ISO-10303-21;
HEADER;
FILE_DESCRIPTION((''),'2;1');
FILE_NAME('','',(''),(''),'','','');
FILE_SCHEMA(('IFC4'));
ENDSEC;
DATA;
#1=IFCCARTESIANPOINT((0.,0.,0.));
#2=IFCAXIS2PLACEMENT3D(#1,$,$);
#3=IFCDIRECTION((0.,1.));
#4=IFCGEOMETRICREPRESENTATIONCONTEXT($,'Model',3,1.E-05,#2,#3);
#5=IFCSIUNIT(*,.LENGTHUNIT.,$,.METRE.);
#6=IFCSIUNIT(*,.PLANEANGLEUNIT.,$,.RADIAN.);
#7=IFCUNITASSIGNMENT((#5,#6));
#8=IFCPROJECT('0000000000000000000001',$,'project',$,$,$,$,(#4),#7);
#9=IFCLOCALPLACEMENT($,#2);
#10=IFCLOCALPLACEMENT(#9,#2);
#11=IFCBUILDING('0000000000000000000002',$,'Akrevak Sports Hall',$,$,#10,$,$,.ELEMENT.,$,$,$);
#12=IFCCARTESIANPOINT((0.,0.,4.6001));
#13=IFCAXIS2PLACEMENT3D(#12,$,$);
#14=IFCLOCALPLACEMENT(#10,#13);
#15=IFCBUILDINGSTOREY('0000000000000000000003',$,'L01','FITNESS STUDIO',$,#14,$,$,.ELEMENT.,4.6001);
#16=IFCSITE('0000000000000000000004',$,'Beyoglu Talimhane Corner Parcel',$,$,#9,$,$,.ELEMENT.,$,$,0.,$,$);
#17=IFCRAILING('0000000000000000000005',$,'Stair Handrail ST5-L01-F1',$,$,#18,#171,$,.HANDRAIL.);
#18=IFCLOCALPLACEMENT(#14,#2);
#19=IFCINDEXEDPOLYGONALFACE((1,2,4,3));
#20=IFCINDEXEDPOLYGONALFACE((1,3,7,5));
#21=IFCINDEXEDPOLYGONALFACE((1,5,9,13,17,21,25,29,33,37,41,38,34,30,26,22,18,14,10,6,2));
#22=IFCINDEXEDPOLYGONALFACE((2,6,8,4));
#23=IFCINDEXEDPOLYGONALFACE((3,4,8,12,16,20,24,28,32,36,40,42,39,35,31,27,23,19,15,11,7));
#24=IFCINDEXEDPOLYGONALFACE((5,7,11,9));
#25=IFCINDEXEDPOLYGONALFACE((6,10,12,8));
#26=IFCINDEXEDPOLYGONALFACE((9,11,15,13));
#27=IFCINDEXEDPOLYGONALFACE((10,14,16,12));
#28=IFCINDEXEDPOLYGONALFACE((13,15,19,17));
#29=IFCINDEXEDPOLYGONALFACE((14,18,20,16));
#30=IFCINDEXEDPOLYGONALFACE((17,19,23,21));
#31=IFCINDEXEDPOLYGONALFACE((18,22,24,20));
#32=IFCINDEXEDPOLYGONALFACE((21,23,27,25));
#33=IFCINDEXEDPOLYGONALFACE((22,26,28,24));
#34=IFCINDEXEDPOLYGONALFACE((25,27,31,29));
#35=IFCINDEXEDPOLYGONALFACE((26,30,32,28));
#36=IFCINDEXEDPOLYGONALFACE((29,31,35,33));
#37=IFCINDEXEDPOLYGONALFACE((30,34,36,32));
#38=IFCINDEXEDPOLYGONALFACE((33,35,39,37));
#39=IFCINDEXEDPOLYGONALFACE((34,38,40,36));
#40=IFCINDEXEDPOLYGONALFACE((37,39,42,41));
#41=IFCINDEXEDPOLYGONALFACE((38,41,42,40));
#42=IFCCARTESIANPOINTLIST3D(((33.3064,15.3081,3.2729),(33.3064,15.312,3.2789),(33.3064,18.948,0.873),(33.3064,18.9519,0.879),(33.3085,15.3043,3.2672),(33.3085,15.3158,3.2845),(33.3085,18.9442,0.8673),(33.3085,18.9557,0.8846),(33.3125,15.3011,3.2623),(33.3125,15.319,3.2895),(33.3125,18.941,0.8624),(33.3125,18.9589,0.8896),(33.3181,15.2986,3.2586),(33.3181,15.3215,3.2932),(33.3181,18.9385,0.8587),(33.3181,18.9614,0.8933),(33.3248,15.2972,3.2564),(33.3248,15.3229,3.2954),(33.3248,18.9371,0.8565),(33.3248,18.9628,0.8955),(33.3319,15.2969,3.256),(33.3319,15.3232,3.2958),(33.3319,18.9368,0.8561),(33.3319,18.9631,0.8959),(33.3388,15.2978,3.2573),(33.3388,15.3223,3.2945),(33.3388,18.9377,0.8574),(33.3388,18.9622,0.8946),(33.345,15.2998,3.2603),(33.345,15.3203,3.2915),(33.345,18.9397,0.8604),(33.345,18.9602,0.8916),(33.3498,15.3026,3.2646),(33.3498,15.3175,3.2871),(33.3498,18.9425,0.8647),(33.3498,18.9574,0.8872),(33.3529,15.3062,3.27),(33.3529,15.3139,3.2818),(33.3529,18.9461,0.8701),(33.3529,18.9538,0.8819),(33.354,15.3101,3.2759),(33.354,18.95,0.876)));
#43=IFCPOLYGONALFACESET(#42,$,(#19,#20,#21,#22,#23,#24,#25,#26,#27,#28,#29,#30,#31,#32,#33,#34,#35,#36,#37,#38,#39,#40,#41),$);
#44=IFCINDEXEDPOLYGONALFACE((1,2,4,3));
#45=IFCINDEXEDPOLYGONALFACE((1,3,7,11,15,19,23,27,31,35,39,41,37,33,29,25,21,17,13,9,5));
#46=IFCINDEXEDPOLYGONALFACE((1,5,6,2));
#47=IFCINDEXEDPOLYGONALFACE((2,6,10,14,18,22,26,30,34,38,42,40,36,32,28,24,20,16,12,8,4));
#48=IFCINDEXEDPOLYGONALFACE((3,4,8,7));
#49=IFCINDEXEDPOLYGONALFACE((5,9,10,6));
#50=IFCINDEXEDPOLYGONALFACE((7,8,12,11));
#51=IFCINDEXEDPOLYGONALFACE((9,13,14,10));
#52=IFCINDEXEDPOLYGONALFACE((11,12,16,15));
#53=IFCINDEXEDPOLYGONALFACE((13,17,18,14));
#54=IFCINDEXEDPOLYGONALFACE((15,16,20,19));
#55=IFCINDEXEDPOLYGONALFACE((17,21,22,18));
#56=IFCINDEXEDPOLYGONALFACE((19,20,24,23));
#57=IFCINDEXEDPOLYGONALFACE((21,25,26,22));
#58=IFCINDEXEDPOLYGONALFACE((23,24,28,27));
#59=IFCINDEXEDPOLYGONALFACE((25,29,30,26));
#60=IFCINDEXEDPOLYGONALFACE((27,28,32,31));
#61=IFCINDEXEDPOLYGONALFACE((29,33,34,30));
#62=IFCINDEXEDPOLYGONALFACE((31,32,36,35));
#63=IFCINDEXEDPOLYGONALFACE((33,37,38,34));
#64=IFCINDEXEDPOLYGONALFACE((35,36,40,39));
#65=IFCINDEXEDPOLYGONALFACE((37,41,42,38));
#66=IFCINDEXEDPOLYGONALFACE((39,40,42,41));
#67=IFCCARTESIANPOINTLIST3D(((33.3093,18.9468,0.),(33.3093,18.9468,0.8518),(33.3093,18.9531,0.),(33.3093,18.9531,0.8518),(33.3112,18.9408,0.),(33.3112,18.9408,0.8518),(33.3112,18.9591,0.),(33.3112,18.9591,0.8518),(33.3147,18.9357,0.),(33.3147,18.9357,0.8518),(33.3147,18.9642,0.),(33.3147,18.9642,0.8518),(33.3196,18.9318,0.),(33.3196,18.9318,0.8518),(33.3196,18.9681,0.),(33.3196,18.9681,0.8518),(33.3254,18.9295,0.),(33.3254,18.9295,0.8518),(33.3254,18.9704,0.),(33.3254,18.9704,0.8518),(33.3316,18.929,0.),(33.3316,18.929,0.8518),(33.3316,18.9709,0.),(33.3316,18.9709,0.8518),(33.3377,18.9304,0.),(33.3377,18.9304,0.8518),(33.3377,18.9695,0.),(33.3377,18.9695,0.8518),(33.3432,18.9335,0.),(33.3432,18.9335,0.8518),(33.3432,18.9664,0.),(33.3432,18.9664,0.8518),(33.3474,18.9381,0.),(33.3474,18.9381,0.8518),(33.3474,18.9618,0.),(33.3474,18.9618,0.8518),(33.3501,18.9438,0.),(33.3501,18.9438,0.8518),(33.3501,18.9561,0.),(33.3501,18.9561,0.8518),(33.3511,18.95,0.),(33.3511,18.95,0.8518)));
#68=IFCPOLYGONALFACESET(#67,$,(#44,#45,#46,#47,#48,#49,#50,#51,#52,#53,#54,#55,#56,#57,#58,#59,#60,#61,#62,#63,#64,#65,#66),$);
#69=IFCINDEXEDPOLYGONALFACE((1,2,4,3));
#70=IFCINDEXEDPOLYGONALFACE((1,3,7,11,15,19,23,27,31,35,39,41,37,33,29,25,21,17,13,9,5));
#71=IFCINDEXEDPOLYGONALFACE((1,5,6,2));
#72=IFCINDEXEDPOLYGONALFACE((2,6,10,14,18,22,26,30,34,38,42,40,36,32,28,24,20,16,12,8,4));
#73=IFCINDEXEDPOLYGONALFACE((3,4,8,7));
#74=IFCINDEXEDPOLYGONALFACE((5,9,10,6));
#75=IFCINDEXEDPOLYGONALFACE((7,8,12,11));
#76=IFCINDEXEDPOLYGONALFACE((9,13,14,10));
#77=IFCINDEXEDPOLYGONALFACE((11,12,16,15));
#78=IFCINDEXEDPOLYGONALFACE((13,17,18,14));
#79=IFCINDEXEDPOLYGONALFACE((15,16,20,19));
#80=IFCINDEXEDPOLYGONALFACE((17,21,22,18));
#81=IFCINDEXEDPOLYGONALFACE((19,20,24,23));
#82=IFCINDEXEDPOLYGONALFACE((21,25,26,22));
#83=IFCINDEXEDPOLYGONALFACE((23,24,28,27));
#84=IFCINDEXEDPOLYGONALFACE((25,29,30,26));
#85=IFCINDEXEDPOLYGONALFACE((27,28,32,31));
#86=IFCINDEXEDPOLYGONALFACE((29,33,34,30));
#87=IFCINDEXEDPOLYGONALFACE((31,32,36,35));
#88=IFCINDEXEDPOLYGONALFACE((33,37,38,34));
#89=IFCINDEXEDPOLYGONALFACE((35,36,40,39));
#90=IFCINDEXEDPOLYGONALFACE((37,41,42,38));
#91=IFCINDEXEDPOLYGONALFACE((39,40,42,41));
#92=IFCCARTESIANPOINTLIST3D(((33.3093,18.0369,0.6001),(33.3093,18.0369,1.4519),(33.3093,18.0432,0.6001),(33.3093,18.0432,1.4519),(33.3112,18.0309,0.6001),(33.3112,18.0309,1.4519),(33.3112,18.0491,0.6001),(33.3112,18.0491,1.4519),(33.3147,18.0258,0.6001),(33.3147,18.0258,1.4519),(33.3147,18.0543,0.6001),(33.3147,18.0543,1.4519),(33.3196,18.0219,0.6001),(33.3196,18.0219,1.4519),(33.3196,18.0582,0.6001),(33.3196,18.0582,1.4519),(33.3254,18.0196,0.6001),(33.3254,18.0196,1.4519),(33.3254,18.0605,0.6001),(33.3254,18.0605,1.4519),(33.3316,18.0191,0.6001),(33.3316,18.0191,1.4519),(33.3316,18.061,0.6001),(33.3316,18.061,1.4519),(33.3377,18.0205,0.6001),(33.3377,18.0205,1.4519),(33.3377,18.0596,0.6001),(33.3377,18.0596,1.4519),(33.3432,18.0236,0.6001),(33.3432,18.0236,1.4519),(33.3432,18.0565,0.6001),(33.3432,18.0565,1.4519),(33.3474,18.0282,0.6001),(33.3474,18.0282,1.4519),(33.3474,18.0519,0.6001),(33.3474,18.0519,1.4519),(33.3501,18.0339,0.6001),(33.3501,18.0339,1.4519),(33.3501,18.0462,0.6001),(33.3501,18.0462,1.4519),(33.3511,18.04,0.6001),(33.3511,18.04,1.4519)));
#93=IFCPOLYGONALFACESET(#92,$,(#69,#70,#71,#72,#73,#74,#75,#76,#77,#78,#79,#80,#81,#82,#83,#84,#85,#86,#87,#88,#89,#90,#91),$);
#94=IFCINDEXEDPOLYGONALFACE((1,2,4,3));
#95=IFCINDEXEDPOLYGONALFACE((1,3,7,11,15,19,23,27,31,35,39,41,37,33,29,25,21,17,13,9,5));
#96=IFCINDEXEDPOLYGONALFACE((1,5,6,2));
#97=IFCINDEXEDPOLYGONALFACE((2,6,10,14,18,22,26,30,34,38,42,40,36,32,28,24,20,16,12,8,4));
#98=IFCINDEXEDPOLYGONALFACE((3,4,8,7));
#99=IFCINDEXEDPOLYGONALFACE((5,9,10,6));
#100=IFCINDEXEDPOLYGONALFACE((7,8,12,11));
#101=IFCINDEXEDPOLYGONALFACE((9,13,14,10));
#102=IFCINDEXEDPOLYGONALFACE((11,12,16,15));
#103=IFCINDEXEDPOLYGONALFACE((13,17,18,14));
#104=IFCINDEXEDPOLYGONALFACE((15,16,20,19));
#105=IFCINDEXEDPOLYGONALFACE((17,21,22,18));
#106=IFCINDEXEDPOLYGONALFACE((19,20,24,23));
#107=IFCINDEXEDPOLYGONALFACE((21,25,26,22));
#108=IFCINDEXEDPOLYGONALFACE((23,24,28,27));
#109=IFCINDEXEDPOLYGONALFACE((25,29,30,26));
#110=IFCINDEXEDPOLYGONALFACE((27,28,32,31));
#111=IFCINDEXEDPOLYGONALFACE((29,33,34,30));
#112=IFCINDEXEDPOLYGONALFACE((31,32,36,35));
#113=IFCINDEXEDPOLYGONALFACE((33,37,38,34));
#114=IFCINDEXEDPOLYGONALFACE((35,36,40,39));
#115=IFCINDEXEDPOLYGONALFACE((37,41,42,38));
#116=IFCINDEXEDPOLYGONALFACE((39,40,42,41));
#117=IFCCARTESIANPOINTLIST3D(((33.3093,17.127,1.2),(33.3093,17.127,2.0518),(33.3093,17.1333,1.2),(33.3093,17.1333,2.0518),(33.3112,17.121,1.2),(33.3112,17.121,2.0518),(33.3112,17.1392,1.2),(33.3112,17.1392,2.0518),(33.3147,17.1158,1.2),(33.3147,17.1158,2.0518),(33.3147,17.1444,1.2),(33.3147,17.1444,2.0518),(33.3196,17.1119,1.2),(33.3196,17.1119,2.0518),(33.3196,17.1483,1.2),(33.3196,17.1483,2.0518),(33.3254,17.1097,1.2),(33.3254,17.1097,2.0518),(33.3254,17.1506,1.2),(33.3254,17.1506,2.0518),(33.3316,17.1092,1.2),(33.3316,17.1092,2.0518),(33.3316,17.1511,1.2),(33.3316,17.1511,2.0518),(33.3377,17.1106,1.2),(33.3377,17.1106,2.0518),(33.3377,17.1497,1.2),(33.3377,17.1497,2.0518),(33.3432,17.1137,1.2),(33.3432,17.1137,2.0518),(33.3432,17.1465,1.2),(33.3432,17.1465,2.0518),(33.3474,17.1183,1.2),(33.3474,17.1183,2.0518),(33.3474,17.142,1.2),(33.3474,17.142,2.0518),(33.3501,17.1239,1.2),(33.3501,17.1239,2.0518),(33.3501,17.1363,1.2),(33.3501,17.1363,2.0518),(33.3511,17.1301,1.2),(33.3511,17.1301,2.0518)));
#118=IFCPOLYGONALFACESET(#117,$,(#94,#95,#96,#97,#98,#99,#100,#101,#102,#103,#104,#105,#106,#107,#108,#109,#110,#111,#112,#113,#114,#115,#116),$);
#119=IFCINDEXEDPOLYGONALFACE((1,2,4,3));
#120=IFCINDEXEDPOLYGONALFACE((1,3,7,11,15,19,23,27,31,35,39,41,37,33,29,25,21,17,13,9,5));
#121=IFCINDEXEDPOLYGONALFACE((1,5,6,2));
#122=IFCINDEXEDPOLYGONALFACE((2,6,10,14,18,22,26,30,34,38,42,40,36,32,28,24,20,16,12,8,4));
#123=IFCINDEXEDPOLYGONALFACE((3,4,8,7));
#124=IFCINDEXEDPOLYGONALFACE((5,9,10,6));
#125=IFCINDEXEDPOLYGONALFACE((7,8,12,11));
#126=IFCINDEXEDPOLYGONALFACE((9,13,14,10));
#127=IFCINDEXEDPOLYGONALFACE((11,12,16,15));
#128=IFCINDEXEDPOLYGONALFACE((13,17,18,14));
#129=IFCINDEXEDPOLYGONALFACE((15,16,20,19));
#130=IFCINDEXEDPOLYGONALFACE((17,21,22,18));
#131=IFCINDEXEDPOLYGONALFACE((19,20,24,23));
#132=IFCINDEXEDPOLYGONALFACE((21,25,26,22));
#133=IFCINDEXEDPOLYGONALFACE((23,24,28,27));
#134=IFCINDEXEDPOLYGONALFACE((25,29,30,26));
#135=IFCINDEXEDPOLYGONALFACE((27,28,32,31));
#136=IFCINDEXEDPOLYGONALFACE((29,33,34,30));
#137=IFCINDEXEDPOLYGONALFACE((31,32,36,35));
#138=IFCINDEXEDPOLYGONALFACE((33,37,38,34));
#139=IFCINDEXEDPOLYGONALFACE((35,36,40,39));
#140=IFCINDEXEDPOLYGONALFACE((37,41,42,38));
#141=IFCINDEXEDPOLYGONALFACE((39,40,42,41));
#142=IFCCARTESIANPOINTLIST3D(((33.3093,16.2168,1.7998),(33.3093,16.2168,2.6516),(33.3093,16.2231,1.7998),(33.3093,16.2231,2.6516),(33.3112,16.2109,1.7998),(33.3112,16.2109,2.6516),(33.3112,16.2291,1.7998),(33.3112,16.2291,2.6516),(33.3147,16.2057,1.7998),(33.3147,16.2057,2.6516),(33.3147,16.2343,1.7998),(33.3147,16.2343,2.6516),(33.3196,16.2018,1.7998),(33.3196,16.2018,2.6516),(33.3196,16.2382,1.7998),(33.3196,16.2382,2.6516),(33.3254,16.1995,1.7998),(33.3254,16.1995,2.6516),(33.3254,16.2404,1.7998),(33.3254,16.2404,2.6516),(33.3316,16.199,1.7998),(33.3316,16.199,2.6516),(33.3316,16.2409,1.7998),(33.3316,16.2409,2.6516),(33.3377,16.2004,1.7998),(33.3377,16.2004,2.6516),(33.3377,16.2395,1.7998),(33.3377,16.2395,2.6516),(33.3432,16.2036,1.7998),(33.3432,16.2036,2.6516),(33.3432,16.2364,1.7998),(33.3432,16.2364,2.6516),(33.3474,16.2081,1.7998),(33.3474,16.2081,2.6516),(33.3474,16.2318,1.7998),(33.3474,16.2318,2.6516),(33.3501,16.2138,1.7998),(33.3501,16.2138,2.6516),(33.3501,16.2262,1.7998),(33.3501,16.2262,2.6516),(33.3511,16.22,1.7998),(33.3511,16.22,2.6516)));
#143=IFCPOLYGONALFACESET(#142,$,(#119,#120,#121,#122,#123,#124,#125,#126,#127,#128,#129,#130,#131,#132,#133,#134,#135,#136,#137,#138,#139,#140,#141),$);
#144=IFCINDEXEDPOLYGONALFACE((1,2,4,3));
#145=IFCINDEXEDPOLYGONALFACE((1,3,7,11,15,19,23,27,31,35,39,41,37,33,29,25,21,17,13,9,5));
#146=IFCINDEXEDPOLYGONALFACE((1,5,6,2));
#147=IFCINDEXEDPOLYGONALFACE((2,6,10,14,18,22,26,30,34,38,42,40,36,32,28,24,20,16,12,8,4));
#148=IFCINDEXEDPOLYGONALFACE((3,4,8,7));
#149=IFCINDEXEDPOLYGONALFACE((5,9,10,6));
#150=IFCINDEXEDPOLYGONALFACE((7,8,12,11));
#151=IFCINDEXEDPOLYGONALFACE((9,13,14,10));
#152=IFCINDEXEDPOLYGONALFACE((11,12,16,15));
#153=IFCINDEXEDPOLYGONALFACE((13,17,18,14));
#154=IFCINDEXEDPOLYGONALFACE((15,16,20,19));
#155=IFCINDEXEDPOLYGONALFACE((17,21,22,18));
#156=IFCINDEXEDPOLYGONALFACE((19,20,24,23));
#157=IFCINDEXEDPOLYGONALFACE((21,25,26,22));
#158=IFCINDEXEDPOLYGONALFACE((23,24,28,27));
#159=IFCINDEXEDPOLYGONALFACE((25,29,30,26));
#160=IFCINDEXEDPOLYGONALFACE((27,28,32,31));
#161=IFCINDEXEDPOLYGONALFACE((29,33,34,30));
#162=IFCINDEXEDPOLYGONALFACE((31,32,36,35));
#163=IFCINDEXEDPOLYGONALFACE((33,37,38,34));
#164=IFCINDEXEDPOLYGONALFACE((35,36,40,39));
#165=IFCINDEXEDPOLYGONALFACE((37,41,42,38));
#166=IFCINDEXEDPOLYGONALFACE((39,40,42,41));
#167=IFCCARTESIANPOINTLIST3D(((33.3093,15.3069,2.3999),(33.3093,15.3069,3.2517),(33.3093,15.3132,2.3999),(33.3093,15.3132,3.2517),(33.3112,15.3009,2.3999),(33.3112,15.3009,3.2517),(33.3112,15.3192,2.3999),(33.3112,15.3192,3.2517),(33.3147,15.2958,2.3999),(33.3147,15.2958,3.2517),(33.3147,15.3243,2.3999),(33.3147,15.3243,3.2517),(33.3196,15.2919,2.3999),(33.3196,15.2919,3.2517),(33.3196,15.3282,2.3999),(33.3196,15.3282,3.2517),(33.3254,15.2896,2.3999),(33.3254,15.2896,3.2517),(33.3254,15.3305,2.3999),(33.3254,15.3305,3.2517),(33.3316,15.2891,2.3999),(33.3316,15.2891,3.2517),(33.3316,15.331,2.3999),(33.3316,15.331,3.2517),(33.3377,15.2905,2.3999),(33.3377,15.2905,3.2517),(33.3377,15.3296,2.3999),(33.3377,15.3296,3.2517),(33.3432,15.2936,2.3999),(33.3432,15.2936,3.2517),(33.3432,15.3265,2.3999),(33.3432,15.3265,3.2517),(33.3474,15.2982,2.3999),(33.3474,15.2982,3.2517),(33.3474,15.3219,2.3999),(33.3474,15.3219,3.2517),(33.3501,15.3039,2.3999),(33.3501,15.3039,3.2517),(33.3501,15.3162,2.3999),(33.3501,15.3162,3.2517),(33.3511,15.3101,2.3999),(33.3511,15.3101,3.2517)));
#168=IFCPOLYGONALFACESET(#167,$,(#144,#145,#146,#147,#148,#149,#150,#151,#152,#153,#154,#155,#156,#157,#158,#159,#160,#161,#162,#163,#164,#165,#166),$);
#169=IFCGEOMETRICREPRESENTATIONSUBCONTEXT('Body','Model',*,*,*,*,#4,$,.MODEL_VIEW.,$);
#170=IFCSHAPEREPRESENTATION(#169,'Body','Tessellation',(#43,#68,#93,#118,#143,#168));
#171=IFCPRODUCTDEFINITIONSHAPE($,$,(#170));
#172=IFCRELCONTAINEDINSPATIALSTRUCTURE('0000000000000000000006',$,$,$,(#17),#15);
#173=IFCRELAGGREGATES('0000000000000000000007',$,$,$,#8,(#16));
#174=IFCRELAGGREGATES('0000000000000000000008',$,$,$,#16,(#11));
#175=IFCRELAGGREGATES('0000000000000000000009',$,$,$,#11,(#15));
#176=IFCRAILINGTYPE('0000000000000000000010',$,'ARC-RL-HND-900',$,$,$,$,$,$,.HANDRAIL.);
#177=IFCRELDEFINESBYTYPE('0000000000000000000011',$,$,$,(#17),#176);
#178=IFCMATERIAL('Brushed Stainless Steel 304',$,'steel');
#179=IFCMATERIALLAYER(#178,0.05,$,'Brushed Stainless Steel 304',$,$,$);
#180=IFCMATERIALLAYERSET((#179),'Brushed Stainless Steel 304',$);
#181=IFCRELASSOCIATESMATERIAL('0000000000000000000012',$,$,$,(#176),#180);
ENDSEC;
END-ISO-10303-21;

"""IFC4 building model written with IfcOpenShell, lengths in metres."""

from ifc_helpers import new_model, si_unit, direction, frame, origin, origin_2d, place, context, subcontext, project, spatial, circle, extrude, material, layer, layer_set, type_object, element, save


model = new_model("IFC4")

# Units and contexts
model_context = context("Model", 3, precision=1e-05, world=origin(), true_north=direction((0.0, 1.0)))
body_context = subcontext(model_context, "Body", "Model", "MODEL_VIEW")
ifc_project = project(units=[si_unit("LENGTHUNIT", "METRE"), si_unit("PLANEANGLEUNIT", "RADIAN")], contexts=[model_context])

# Site, building, storey
site_placement = place(None, origin())
site = spatial("IfcSite", under=ifc_project, at=site_placement, Name="Beyoglu Talimhane Corner Parcel", CompositionType="ELEMENT", RefElevation=0.0)
building_placement = place(site_placement, origin())
building = spatial("IfcBuilding", under=site, at=building_placement, Name="Akrevak Sports Hall", CompositionType="ELEMENT")
storey_placement = place(building_placement, frame((0.0, 0.0, 4.6001)))
storey = spatial("IfcBuildingStorey", under=building, at=storey_placement, Name="L01", Description="FITNESS STUDIO", CompositionType="ELEMENT", Elevation=4.6001)

# Railing
ifc_material_1 = material(Name="Brushed Stainless Steel 304", Category="steel")
ifc_layer_1 = layer(ifc_material_1, 0.05, Name="Brushed Stainless Steel 304")
ifc_layer_set_1 = layer_set([ifc_layer_1], Name="Brushed Stainless Steel 304")
railing_type_1 = type_object("IfcRailingType", Name="ARC-RL-HND-900", PredefinedType="HANDRAIL", material=ifc_layer_set_1)
railing_1_placement = place(storey_placement, frame((33.3301, 18.95, 0.0)))
element("IfcRailing", 1, at=railing_1_placement, inside=storey, type_object=railing_type_1, Name="Stair Handrail ST5-L01-F1", PredefinedType="HANDRAIL", context=body_context, shape_type="SweptSolid", body=[
    extrude(circle(Radius=0.0239, at=origin_2d()), frame((0.0, 0.0, 0.876), z_axis=(0.0, -0.834865, 0.550454), x_axis=(1.0, 0.0, 0.0)), (0.0, 0.0, 1.0), 4.3599),
    extrude(circle(Radius=0.021, at=origin_2d()), origin(), (0.0, 0.0, 1.0), 0.8518),
    extrude(circle(Radius=0.021, at=origin_2d()), frame((0.0, -0.9099, 0.6001)), (0.0, 0.0, 1.0), 0.8518),
    extrude(circle(Radius=0.021, at=origin_2d()), frame((0.0, -1.8198, 1.2)), (0.0, 0.0, 1.0), 0.8518),
    extrude(circle(Radius=0.021, at=origin_2d()), frame((0.0, -2.73, 1.7998)), (0.0, 0.0, 1.0), 0.8518),
    extrude(circle(Radius=0.021, at=origin_2d()), frame((0.0, -3.6399, 2.3999)), (0.0, 0.0, 1.0), 0.8518),
])

save(model, "model.ifc")
